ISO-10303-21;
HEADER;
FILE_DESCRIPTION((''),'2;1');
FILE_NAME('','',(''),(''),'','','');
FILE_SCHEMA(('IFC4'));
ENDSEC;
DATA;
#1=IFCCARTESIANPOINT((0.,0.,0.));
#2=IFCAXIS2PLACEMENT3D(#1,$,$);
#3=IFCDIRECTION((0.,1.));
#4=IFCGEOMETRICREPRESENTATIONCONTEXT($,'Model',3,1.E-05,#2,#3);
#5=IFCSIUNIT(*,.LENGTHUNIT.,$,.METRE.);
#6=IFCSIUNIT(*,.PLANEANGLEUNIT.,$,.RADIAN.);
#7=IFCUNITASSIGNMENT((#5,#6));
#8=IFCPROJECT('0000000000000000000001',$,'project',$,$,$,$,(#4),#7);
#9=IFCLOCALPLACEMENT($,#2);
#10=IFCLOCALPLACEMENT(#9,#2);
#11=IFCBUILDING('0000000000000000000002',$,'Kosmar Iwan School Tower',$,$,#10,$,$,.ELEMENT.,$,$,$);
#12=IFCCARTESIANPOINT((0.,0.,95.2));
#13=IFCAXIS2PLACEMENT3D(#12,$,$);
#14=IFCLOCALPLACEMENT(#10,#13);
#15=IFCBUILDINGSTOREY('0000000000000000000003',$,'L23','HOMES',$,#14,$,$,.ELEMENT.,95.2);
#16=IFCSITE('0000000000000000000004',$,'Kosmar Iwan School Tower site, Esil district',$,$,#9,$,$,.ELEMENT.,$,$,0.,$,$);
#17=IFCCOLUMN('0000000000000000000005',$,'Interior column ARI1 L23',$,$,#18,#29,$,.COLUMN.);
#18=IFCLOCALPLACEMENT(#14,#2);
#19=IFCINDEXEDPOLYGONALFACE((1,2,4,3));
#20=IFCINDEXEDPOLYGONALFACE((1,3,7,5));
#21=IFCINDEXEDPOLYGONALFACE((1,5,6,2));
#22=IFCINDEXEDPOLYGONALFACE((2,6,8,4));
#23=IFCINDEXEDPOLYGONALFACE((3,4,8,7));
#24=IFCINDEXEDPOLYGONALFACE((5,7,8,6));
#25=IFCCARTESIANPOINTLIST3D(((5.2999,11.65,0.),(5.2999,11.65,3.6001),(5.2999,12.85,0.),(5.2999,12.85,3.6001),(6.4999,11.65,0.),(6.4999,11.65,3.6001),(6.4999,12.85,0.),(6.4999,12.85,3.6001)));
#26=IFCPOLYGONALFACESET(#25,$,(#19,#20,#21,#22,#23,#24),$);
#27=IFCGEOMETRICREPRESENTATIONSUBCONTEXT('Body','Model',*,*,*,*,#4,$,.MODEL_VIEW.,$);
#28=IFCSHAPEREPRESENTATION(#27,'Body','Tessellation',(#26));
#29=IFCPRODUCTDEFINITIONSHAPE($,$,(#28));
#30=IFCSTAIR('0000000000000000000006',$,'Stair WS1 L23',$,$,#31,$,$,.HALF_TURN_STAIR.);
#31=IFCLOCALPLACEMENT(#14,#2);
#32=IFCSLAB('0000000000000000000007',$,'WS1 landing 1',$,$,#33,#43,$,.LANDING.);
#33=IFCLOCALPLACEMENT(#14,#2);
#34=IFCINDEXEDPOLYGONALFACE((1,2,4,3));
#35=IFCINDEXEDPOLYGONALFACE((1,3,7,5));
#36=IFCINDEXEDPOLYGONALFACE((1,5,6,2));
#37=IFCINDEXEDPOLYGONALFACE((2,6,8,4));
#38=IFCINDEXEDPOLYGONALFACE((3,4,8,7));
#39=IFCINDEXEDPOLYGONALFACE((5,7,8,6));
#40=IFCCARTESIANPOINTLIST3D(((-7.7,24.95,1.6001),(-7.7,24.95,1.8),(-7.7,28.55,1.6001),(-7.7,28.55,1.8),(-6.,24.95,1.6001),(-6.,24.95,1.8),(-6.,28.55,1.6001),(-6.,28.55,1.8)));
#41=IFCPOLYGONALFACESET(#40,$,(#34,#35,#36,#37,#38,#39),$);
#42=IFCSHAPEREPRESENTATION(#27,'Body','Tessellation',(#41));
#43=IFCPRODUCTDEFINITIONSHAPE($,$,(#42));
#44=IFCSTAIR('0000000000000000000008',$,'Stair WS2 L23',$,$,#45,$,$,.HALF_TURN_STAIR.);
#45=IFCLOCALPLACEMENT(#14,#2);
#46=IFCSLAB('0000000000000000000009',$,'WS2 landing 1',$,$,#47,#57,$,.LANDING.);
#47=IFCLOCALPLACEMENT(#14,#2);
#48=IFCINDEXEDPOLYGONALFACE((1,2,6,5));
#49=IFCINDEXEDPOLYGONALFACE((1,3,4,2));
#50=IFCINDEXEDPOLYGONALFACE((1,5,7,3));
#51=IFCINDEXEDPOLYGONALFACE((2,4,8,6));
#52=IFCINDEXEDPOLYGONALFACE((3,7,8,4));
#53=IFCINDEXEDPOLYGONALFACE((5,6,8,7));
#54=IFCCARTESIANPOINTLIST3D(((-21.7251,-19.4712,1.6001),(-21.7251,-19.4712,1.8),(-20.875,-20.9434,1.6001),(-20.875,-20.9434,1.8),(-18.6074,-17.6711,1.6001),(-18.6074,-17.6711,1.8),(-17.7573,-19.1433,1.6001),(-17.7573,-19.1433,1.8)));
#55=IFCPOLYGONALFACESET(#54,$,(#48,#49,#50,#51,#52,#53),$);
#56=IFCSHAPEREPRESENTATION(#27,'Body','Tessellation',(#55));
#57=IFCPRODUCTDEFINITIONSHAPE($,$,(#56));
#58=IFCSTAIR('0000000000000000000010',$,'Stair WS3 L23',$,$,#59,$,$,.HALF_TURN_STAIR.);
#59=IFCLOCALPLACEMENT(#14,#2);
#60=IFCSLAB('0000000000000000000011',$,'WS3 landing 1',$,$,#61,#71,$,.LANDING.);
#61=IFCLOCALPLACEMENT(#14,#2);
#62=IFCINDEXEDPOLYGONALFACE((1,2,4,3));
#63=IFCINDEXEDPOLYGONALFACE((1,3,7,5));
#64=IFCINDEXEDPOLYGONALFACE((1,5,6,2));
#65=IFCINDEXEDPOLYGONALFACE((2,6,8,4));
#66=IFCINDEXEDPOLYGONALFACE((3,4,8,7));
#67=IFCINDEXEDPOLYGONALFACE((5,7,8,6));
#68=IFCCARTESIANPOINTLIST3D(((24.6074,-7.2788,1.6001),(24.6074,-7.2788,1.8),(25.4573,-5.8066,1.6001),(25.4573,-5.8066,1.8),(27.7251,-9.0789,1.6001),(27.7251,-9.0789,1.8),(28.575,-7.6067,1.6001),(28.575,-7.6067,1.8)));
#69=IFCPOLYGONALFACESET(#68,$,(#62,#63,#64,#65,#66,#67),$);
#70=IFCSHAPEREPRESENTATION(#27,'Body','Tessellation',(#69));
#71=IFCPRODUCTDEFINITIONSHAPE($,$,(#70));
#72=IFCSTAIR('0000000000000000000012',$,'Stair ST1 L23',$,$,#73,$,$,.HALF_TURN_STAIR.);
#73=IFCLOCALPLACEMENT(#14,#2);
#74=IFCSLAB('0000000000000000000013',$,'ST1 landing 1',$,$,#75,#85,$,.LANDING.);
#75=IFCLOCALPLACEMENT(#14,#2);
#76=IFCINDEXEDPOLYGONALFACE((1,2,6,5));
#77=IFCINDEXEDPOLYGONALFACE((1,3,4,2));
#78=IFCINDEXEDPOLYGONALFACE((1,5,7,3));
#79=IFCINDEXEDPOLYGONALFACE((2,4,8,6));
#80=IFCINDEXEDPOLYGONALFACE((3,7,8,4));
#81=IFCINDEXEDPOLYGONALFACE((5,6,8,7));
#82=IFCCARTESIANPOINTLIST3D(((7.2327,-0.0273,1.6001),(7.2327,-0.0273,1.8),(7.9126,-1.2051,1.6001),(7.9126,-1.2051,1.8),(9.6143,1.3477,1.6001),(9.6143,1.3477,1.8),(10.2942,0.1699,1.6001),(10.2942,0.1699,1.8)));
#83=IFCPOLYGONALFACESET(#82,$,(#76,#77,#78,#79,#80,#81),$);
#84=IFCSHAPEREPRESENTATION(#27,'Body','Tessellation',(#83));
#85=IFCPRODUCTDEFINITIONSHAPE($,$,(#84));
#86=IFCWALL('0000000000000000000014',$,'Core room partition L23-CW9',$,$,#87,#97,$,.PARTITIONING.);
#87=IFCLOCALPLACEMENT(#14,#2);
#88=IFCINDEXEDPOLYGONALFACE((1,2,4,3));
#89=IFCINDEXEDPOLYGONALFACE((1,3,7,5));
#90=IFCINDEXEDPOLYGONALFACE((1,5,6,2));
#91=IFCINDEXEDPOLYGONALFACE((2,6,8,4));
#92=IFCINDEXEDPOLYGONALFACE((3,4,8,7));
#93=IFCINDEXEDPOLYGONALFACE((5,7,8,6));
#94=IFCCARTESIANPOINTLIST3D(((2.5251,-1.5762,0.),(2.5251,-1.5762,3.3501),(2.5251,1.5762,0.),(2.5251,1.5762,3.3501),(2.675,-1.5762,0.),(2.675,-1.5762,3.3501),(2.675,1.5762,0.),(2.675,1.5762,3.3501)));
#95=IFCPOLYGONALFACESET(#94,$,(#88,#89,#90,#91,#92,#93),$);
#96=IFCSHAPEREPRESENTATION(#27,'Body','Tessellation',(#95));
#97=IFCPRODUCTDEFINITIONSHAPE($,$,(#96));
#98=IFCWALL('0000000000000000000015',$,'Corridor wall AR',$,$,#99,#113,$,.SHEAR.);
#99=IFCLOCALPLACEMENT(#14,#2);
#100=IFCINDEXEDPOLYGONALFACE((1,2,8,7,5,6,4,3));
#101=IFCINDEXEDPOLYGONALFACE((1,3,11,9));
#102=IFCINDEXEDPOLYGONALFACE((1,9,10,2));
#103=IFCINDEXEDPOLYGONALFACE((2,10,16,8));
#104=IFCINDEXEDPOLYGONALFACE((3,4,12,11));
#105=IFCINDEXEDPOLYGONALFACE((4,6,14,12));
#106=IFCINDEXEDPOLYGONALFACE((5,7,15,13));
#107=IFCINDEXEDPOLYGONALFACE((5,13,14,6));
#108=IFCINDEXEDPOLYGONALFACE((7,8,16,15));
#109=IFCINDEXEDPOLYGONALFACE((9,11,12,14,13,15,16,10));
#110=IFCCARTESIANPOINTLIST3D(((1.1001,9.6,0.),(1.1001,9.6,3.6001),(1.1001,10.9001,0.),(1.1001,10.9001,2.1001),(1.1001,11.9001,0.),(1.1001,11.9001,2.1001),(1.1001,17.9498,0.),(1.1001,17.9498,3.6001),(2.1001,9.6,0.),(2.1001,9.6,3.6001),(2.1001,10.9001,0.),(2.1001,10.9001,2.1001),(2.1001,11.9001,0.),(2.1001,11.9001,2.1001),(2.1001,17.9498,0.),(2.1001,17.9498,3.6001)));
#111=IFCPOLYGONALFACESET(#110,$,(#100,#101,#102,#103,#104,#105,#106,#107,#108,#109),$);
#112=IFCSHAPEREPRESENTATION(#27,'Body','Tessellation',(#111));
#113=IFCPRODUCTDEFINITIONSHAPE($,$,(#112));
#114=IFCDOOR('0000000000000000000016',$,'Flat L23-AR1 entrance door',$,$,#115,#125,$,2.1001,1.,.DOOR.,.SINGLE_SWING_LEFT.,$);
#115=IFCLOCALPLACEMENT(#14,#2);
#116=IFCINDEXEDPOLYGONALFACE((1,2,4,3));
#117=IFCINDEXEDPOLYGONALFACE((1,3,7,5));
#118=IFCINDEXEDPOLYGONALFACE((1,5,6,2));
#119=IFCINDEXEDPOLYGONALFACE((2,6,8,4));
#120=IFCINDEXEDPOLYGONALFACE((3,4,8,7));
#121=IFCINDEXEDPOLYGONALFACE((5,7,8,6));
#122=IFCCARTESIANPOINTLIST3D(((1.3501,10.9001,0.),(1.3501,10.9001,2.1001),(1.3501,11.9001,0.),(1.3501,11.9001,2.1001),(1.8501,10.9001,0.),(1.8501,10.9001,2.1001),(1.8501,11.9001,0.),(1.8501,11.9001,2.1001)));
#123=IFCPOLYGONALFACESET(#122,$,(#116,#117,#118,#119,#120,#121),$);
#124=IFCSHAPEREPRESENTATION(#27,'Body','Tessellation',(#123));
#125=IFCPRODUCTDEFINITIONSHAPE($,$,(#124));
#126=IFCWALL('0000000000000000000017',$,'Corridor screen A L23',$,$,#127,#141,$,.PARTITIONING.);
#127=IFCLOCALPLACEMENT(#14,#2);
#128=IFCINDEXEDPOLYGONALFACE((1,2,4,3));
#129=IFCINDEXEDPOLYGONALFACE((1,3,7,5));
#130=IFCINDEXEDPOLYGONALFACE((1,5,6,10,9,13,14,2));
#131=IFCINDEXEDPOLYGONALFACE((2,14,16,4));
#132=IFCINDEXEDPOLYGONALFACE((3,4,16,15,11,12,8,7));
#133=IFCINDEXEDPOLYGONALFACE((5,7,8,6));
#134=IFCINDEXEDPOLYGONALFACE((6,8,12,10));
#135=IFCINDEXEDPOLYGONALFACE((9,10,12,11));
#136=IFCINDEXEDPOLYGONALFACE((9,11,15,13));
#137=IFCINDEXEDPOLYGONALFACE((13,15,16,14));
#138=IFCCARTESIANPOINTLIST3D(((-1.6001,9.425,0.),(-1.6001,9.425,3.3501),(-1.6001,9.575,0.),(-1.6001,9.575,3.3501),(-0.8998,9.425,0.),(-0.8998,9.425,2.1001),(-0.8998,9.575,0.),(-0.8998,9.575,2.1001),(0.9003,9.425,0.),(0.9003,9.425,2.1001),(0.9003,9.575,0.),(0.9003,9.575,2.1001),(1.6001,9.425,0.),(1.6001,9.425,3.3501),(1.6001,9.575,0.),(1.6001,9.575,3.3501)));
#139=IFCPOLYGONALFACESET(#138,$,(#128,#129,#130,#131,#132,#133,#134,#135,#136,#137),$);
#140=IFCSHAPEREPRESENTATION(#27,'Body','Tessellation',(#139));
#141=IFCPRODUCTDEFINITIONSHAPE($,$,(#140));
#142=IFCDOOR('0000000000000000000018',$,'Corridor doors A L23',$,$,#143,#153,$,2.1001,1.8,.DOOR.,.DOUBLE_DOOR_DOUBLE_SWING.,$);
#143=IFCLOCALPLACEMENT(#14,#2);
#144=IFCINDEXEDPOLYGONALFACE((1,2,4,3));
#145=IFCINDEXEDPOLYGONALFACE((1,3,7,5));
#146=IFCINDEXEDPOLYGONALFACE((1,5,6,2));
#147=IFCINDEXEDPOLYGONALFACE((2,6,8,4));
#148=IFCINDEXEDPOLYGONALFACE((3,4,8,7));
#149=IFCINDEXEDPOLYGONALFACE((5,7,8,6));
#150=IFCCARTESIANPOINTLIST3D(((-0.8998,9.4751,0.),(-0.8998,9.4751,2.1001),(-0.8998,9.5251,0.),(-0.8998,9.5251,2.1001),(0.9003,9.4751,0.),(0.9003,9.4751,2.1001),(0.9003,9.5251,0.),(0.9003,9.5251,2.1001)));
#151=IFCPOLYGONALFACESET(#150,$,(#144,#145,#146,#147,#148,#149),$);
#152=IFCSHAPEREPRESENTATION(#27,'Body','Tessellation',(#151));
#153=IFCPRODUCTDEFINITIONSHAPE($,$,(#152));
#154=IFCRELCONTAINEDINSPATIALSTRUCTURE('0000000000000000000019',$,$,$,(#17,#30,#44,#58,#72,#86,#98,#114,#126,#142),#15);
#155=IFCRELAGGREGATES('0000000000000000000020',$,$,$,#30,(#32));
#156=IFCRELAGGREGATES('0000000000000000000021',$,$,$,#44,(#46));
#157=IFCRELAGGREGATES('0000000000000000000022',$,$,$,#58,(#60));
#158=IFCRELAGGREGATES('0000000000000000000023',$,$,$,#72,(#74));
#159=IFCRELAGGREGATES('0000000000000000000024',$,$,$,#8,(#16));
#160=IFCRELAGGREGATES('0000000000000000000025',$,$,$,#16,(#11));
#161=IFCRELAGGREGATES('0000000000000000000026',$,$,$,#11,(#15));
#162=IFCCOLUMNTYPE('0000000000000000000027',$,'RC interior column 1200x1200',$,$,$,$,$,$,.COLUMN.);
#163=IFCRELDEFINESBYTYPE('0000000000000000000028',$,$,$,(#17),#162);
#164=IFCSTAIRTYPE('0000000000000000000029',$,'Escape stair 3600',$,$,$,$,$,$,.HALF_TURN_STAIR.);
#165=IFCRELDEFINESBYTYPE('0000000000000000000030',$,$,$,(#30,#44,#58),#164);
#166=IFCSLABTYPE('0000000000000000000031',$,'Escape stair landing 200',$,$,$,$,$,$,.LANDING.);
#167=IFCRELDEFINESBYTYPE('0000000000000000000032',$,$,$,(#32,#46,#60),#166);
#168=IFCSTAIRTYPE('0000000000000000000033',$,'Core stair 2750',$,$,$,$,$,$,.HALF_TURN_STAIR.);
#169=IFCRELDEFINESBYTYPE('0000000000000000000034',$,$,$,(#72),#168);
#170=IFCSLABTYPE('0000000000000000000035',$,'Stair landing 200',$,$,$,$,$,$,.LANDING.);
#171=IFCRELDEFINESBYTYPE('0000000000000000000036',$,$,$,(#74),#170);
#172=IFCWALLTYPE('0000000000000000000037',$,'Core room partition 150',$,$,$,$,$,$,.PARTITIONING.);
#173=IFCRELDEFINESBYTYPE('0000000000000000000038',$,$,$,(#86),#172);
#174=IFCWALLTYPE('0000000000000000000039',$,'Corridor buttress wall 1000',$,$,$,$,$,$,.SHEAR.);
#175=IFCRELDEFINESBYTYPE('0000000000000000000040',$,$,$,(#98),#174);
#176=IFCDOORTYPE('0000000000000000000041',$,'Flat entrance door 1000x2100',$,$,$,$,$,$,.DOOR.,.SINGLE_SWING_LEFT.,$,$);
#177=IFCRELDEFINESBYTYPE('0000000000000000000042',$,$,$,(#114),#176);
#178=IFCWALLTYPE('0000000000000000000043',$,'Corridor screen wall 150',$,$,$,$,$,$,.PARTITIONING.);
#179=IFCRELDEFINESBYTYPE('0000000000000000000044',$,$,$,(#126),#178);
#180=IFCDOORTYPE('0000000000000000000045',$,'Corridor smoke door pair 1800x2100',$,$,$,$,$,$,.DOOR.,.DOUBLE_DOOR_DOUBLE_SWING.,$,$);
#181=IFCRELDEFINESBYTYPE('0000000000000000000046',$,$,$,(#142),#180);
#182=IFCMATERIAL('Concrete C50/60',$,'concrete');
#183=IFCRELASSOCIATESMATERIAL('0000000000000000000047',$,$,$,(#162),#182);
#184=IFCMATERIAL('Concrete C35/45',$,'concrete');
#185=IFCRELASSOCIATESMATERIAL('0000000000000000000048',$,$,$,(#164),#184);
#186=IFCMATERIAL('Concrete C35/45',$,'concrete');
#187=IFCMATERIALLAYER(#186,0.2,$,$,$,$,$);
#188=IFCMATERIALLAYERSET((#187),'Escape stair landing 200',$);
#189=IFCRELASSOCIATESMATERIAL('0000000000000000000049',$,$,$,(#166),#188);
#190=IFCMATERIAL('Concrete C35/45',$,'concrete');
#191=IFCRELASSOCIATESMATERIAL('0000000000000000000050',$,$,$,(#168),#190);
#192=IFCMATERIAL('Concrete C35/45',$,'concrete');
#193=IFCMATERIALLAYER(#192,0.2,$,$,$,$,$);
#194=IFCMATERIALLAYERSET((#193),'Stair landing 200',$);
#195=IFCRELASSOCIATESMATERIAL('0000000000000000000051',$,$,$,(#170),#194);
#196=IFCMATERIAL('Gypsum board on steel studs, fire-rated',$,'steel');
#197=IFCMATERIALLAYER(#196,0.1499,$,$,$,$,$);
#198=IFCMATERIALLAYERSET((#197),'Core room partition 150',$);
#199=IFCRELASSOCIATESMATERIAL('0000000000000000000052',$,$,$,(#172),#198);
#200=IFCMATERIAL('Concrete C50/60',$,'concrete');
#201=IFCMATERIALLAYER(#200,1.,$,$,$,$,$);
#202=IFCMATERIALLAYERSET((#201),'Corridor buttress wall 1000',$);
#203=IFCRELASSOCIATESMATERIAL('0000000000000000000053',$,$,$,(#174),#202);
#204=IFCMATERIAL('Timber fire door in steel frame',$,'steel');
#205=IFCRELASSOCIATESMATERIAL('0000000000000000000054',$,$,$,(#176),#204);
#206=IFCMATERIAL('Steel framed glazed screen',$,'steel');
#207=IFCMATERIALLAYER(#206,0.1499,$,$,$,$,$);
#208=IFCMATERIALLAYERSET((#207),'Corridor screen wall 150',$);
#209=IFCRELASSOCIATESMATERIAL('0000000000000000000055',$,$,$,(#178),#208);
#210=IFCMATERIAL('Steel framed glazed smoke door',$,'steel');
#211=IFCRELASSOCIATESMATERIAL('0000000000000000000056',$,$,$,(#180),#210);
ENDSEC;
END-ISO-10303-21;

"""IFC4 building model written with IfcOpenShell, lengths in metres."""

from ifc_helpers import new_model, si_unit, direction, frame, frame_2d, origin, origin_2d, place, context, subcontext, project, spatial, polyline, rectangle, outline, extrude, material, layer, layer_set, material_profile, profile_set, type_object, element, fill, aggregate, save


model = new_model("IFC4")

# Units and contexts
model_context = context("Model", 3, precision=1e-05, world=origin(), true_north=direction((0.0, 1.0)))
body_context = subcontext(model_context, "Body", "Model", "MODEL_VIEW")
ifc_project = project(units=[si_unit("LENGTHUNIT", "METRE"), si_unit("PLANEANGLEUNIT", "RADIAN")], contexts=[model_context])

# Site, building, storey
site_placement = place(None, origin())
site = spatial("IfcSite", under=ifc_project, at=site_placement, Name="Kosmar Iwan School Tower site, Esil district", CompositionType="ELEMENT", RefElevation=0.0)
building_placement = place(site_placement, origin())
building = spatial("IfcBuilding", under=site, at=building_placement, Name="Kosmar Iwan School Tower", CompositionType="ELEMENT")
storey_placement = place(building_placement, frame((0.0, 0.0, 95.2)))
storey = spatial("IfcBuildingStorey", under=building, at=storey_placement, Name="L23", Description="HOMES", CompositionType="ELEMENT", Elevation=95.2)

# Column
ifc_material_1 = material(Name="Concrete C50/60", Category="concrete")
ifc_material_profile = material_profile(ifc_material_1, rectangle(XDim=1.2, YDim=1.2, at=origin_2d()), Name="RC 1200x1200")
ifc_profile_set = profile_set([ifc_material_profile], Name="Concrete C50/60")
column_type = type_object("IfcColumnType", Name="RC interior column 1200x1200", PredefinedType="COLUMN", material=ifc_profile_set)
column_placement = place(storey_placement, frame((5.8999, 12.25, 0.0), z_axis=(0.0, 0.0, 1.0), x_axis=(0.0, 1.0, 0.0)))
element("IfcColumn", 1, at=column_placement, inside=storey, type_object=column_type, Name="Interior column ARI1 L23", PredefinedType="COLUMN", context=body_context, shape_type="SweptSolid", body=[
    extrude(rectangle(XDim=1.2, YDim=1.2, at=origin_2d()), origin(), (0.0, 0.0, 1.0), 3.6001),
])

# Stairs, slabs
ifc_material_2 = material(Name="Concrete C35/45", Category="concrete")
stair_type_1 = type_object("IfcStairType", Name="Escape stair 3600", PredefinedType="HALF_TURN_STAIR", material=ifc_material_2)
stair_1_placement = place(storey_placement, origin())
stair_1 = element("IfcStair", 2, at=stair_1_placement, inside=storey, type_object=stair_type_1, Name="Stair WS1 L23", PredefinedType="HALF_TURN_STAIR")
ifc_material_3 = material(Name="Concrete C35/45", Category="concrete")
ifc_layer_1 = layer(ifc_material_3, 0.2)
ifc_layer_set_1 = layer_set([ifc_layer_1], Name="Escape stair landing 200")
slab_type_1 = type_object("IfcSlabType", Name="Escape stair landing 200", PredefinedType="LANDING", material=ifc_layer_set_1)
slab_1_placement = place(storey_placement, frame((0.0, 0.0, 1.6001)))
slab_1 = element("IfcSlab", 3, at=slab_1_placement, type_object=slab_type_1, Name="WS1 landing 1", PredefinedType="LANDING", context=body_context, shape_type="SweptSolid", body=[
    extrude(outline(polyline([(-6.0, 24.95), (-6.0, 28.55), (-7.7, 28.55), (-7.7, 24.95), (-6.0, 24.95)])), origin(), (0.0, 0.0, 1.0), 0.2),
])
aggregate(stair_1, [slab_1])
stair_2_placement = place(storey_placement, origin())
stair_2 = element("IfcStair", 4, at=stair_2_placement, inside=storey, type_object=stair_type_1, Name="Stair WS2 L23", PredefinedType="HALF_TURN_STAIR")
slab_2_placement = place(storey_placement, frame((0.0, 0.0, 1.6001)))
slab_2 = element("IfcSlab", 5, at=slab_2_placement, type_object=slab_type_1, Name="WS2 landing 1", PredefinedType="LANDING", context=body_context, shape_type="SweptSolid", body=[
    extrude(outline(polyline([(-18.6074, -17.6711), (-21.7251, -19.4712), (-20.875, -20.9434), (-17.7573, -19.1433), (-18.6074, -17.6711)])), origin(), (0.0, 0.0, 1.0), 0.2),
])
aggregate(stair_2, [slab_2])
stair_3_placement = place(storey_placement, origin())
stair_3 = element("IfcStair", 6, at=stair_3_placement, inside=storey, type_object=stair_type_1, Name="Stair WS3 L23", PredefinedType="HALF_TURN_STAIR")
slab_3_placement = place(storey_placement, frame((0.0, 0.0, 1.6001)))
slab_3 = element("IfcSlab", 7, at=slab_3_placement, type_object=slab_type_1, Name="WS3 landing 1", PredefinedType="LANDING", context=body_context, shape_type="SweptSolid", body=[
    extrude(outline(polyline([(24.6074, -7.2788), (27.7251, -9.0789), (28.575, -7.6067), (25.4573, -5.8066), (24.6074, -7.2788)])), origin(), (0.0, 0.0, 1.0), 0.2),
])
aggregate(stair_3, [slab_3])
ifc_material_4 = material(Name="Concrete C35/45", Category="concrete")
stair_type_2 = type_object("IfcStairType", Name="Core stair 2750", PredefinedType="HALF_TURN_STAIR", material=ifc_material_4)
stair_4_placement = place(storey_placement, origin())
stair_4 = element("IfcStair", 8, at=stair_4_placement, inside=storey, type_object=stair_type_2, Name="Stair ST1 L23", PredefinedType="HALF_TURN_STAIR")
ifc_material_5 = material(Name="Concrete C35/45", Category="concrete")
ifc_layer_2 = layer(ifc_material_5, 0.2)
ifc_layer_set_2 = layer_set([ifc_layer_2], Name="Stair landing 200")
slab_type_2 = type_object("IfcSlabType", Name="Stair landing 200", PredefinedType="LANDING", material=ifc_layer_set_2)
slab_4_placement = place(storey_placement, frame((0.0, 0.0, 1.6001)))
slab_4 = element("IfcSlab", 9, at=slab_4_placement, type_object=slab_type_2, Name="ST1 landing 1", PredefinedType="LANDING", context=body_context, shape_type="SweptSolid", body=[
    extrude(outline(polyline([(7.9126, -1.2051), (10.2942, 0.1699), (9.6143, 1.3477), (7.2327, -0.0273), (7.9126, -1.2051)])), origin(), (0.0, 0.0, 1.0), 0.2),
])
aggregate(stair_4, [slab_4])

# Wall
ifc_material_6 = material(Name="Gypsum board on steel studs, fire-rated", Category="steel")
ifc_layer_3 = layer(ifc_material_6, 0.1499)
ifc_layer_set_3 = layer_set([ifc_layer_3], Name="Core room partition 150")
wall_type_1 = type_object("IfcWallType", Name="Core room partition 150", PredefinedType="PARTITIONING", material=ifc_layer_set_3)
wall_1_placement = place(storey_placement, frame((2.6001, 1.5762, 0.0), z_axis=(0.0, 0.0, 1.0), x_axis=(0.0, -1.0, 0.0)))
element("IfcWall", 10, at=wall_1_placement, inside=storey, type_object=wall_type_1, Name="Core room partition L23-CW9", PredefinedType="PARTITIONING", context=body_context, shape_type="SweptSolid", body=[
    extrude(rectangle(XDim=3.1523, YDim=0.1499, at=frame_2d((1.5762, 0.0))), origin(), (0.0, 0.0, 1.0), 3.3501),
])

# Walls, openings, doors
ifc_material_7 = material(Name="Concrete C50/60", Category="concrete")
ifc_layer_4 = layer(ifc_material_7, 1.0)
ifc_layer_set_4 = layer_set([ifc_layer_4], Name="Corridor buttress wall 1000")
wall_type_2 = type_object("IfcWallType", Name="Corridor buttress wall 1000", PredefinedType="SHEAR", material=ifc_layer_set_4)
wall_2_placement = place(storey_placement, frame((1.6001, 9.6001, 0.0), z_axis=(0.0, 0.0, 1.0), x_axis=(0.0, 1.0, 0.0)))
wall_2 = element("IfcWall", 11, at=wall_2_placement, inside=storey, type_object=wall_type_2, Name="Corridor wall AR", PredefinedType="SHEAR", context=body_context, shape_type="SweptSolid", body=[
    extrude(rectangle(XDim=8.3499, YDim=1.0, at=frame_2d((4.1748, 0.0))), origin(), (0.0, 0.0, 1.0), 3.6001),
])
opening_1_placement = place(wall_2_placement, frame((1.3, 0.0, 0.0)))
opening_1 = element("IfcOpeningElement", 12, at=opening_1_placement, cuts=wall_2, PredefinedType="OPENING", context=body_context, shape_type="SweptSolid", body=[
    extrude(rectangle(XDim=1.0, YDim=2.1001, at=frame_2d((0.5, 1.05))), frame((0.0, 0.512, 0.0), z_axis=(0.0, -1.0, 0.0), x_axis=(1.0, 0.0, 0.0)), (0.0, 0.0, 1.0), 1.0239),
])
ifc_material_8 = material(Name="Timber fire door in steel frame", Category="steel")
door_type_1 = type_object("IfcDoorType", Name="Flat entrance door 1000x2100", OperationType="SINGLE_SWING_LEFT", PredefinedType="DOOR", material=ifc_material_8)
door_1_placement = place(opening_1_placement, origin())
door_1 = element("IfcDoor", 13, at=door_1_placement, inside=storey, type_object=door_type_1, Name="Flat L23-AR1 entrance door", OperationType="SINGLE_SWING_LEFT", OverallHeight=2.1001, OverallWidth=1.0, PredefinedType="DOOR", context=body_context, shape_type="SweptSolid", body=[
    extrude(rectangle(XDim=1.0, YDim=2.1001, at=frame_2d((0.5, 1.05))), frame((0.0, 0.25, 0.0), z_axis=(0.0, -1.0, 0.0), x_axis=(1.0, 0.0, 0.0)), (0.0, 0.0, 1.0), 0.5),
])
fill(opening_1, door_1)
ifc_material_9 = material(Name="Steel framed glazed screen", Category="steel")
ifc_layer_5 = layer(ifc_material_9, 0.1499)
ifc_layer_set_5 = layer_set([ifc_layer_5], Name="Corridor screen wall 150")
wall_type_3 = type_object("IfcWallType", Name="Corridor screen wall 150", PredefinedType="PARTITIONING", material=ifc_layer_set_5)
wall_3_placement = place(storey_placement, frame((1.6001, 9.5, 0.0), z_axis=(0.0, 0.0, 1.0), x_axis=(-1.0, 0.0, 0.0)))
wall_3 = element("IfcWall", 14, at=wall_3_placement, inside=storey, type_object=wall_type_3, Name="Corridor screen A L23", PredefinedType="PARTITIONING", context=body_context, shape_type="SweptSolid", body=[
    extrude(rectangle(XDim=3.2002, YDim=0.1499, at=frame_2d((1.6001, 0.0))), origin(), (0.0, 0.0, 1.0), 3.3501),
])
opening_2_placement = place(wall_3_placement, frame((0.7, 0.0, 0.0)))
opening_2 = element("IfcOpeningElement", 15, at=opening_2_placement, cuts=wall_3, PredefinedType="OPENING", context=body_context, shape_type="SweptSolid", body=[
    extrude(rectangle(XDim=1.8, YDim=2.1001, at=frame_2d((0.8999, 1.05))), frame((0.0, 0.0869, 0.0), z_axis=(0.0, -1.0, 0.0), x_axis=(1.0, 0.0, 0.0)), (0.0, 0.0, 1.0), 0.1738),
])
ifc_material_10 = material(Name="Steel framed glazed smoke door", Category="steel")
door_type_2 = type_object("IfcDoorType", Name="Corridor smoke door pair 1800x2100", OperationType="DOUBLE_DOOR_DOUBLE_SWING", PredefinedType="DOOR", material=ifc_material_10)
door_2_placement = place(opening_2_placement, origin())
door_2 = element("IfcDoor", 16, at=door_2_placement, inside=storey, type_object=door_type_2, Name="Corridor doors A L23", OperationType="DOUBLE_DOOR_DOUBLE_SWING", OverallHeight=2.1001, OverallWidth=1.8, PredefinedType="DOOR", context=body_context, shape_type="SweptSolid", body=[
    extrude(rectangle(XDim=1.8, YDim=2.1001, at=frame_2d((0.8999, 1.05))), frame((0.0, 0.0249, 0.0), z_axis=(0.0, -1.0, 0.0), x_axis=(1.0, 0.0, 0.0)), (0.0, 0.0, 1.0), 0.05),
])
fill(opening_2, door_2)

save(model, "model.ifc")
